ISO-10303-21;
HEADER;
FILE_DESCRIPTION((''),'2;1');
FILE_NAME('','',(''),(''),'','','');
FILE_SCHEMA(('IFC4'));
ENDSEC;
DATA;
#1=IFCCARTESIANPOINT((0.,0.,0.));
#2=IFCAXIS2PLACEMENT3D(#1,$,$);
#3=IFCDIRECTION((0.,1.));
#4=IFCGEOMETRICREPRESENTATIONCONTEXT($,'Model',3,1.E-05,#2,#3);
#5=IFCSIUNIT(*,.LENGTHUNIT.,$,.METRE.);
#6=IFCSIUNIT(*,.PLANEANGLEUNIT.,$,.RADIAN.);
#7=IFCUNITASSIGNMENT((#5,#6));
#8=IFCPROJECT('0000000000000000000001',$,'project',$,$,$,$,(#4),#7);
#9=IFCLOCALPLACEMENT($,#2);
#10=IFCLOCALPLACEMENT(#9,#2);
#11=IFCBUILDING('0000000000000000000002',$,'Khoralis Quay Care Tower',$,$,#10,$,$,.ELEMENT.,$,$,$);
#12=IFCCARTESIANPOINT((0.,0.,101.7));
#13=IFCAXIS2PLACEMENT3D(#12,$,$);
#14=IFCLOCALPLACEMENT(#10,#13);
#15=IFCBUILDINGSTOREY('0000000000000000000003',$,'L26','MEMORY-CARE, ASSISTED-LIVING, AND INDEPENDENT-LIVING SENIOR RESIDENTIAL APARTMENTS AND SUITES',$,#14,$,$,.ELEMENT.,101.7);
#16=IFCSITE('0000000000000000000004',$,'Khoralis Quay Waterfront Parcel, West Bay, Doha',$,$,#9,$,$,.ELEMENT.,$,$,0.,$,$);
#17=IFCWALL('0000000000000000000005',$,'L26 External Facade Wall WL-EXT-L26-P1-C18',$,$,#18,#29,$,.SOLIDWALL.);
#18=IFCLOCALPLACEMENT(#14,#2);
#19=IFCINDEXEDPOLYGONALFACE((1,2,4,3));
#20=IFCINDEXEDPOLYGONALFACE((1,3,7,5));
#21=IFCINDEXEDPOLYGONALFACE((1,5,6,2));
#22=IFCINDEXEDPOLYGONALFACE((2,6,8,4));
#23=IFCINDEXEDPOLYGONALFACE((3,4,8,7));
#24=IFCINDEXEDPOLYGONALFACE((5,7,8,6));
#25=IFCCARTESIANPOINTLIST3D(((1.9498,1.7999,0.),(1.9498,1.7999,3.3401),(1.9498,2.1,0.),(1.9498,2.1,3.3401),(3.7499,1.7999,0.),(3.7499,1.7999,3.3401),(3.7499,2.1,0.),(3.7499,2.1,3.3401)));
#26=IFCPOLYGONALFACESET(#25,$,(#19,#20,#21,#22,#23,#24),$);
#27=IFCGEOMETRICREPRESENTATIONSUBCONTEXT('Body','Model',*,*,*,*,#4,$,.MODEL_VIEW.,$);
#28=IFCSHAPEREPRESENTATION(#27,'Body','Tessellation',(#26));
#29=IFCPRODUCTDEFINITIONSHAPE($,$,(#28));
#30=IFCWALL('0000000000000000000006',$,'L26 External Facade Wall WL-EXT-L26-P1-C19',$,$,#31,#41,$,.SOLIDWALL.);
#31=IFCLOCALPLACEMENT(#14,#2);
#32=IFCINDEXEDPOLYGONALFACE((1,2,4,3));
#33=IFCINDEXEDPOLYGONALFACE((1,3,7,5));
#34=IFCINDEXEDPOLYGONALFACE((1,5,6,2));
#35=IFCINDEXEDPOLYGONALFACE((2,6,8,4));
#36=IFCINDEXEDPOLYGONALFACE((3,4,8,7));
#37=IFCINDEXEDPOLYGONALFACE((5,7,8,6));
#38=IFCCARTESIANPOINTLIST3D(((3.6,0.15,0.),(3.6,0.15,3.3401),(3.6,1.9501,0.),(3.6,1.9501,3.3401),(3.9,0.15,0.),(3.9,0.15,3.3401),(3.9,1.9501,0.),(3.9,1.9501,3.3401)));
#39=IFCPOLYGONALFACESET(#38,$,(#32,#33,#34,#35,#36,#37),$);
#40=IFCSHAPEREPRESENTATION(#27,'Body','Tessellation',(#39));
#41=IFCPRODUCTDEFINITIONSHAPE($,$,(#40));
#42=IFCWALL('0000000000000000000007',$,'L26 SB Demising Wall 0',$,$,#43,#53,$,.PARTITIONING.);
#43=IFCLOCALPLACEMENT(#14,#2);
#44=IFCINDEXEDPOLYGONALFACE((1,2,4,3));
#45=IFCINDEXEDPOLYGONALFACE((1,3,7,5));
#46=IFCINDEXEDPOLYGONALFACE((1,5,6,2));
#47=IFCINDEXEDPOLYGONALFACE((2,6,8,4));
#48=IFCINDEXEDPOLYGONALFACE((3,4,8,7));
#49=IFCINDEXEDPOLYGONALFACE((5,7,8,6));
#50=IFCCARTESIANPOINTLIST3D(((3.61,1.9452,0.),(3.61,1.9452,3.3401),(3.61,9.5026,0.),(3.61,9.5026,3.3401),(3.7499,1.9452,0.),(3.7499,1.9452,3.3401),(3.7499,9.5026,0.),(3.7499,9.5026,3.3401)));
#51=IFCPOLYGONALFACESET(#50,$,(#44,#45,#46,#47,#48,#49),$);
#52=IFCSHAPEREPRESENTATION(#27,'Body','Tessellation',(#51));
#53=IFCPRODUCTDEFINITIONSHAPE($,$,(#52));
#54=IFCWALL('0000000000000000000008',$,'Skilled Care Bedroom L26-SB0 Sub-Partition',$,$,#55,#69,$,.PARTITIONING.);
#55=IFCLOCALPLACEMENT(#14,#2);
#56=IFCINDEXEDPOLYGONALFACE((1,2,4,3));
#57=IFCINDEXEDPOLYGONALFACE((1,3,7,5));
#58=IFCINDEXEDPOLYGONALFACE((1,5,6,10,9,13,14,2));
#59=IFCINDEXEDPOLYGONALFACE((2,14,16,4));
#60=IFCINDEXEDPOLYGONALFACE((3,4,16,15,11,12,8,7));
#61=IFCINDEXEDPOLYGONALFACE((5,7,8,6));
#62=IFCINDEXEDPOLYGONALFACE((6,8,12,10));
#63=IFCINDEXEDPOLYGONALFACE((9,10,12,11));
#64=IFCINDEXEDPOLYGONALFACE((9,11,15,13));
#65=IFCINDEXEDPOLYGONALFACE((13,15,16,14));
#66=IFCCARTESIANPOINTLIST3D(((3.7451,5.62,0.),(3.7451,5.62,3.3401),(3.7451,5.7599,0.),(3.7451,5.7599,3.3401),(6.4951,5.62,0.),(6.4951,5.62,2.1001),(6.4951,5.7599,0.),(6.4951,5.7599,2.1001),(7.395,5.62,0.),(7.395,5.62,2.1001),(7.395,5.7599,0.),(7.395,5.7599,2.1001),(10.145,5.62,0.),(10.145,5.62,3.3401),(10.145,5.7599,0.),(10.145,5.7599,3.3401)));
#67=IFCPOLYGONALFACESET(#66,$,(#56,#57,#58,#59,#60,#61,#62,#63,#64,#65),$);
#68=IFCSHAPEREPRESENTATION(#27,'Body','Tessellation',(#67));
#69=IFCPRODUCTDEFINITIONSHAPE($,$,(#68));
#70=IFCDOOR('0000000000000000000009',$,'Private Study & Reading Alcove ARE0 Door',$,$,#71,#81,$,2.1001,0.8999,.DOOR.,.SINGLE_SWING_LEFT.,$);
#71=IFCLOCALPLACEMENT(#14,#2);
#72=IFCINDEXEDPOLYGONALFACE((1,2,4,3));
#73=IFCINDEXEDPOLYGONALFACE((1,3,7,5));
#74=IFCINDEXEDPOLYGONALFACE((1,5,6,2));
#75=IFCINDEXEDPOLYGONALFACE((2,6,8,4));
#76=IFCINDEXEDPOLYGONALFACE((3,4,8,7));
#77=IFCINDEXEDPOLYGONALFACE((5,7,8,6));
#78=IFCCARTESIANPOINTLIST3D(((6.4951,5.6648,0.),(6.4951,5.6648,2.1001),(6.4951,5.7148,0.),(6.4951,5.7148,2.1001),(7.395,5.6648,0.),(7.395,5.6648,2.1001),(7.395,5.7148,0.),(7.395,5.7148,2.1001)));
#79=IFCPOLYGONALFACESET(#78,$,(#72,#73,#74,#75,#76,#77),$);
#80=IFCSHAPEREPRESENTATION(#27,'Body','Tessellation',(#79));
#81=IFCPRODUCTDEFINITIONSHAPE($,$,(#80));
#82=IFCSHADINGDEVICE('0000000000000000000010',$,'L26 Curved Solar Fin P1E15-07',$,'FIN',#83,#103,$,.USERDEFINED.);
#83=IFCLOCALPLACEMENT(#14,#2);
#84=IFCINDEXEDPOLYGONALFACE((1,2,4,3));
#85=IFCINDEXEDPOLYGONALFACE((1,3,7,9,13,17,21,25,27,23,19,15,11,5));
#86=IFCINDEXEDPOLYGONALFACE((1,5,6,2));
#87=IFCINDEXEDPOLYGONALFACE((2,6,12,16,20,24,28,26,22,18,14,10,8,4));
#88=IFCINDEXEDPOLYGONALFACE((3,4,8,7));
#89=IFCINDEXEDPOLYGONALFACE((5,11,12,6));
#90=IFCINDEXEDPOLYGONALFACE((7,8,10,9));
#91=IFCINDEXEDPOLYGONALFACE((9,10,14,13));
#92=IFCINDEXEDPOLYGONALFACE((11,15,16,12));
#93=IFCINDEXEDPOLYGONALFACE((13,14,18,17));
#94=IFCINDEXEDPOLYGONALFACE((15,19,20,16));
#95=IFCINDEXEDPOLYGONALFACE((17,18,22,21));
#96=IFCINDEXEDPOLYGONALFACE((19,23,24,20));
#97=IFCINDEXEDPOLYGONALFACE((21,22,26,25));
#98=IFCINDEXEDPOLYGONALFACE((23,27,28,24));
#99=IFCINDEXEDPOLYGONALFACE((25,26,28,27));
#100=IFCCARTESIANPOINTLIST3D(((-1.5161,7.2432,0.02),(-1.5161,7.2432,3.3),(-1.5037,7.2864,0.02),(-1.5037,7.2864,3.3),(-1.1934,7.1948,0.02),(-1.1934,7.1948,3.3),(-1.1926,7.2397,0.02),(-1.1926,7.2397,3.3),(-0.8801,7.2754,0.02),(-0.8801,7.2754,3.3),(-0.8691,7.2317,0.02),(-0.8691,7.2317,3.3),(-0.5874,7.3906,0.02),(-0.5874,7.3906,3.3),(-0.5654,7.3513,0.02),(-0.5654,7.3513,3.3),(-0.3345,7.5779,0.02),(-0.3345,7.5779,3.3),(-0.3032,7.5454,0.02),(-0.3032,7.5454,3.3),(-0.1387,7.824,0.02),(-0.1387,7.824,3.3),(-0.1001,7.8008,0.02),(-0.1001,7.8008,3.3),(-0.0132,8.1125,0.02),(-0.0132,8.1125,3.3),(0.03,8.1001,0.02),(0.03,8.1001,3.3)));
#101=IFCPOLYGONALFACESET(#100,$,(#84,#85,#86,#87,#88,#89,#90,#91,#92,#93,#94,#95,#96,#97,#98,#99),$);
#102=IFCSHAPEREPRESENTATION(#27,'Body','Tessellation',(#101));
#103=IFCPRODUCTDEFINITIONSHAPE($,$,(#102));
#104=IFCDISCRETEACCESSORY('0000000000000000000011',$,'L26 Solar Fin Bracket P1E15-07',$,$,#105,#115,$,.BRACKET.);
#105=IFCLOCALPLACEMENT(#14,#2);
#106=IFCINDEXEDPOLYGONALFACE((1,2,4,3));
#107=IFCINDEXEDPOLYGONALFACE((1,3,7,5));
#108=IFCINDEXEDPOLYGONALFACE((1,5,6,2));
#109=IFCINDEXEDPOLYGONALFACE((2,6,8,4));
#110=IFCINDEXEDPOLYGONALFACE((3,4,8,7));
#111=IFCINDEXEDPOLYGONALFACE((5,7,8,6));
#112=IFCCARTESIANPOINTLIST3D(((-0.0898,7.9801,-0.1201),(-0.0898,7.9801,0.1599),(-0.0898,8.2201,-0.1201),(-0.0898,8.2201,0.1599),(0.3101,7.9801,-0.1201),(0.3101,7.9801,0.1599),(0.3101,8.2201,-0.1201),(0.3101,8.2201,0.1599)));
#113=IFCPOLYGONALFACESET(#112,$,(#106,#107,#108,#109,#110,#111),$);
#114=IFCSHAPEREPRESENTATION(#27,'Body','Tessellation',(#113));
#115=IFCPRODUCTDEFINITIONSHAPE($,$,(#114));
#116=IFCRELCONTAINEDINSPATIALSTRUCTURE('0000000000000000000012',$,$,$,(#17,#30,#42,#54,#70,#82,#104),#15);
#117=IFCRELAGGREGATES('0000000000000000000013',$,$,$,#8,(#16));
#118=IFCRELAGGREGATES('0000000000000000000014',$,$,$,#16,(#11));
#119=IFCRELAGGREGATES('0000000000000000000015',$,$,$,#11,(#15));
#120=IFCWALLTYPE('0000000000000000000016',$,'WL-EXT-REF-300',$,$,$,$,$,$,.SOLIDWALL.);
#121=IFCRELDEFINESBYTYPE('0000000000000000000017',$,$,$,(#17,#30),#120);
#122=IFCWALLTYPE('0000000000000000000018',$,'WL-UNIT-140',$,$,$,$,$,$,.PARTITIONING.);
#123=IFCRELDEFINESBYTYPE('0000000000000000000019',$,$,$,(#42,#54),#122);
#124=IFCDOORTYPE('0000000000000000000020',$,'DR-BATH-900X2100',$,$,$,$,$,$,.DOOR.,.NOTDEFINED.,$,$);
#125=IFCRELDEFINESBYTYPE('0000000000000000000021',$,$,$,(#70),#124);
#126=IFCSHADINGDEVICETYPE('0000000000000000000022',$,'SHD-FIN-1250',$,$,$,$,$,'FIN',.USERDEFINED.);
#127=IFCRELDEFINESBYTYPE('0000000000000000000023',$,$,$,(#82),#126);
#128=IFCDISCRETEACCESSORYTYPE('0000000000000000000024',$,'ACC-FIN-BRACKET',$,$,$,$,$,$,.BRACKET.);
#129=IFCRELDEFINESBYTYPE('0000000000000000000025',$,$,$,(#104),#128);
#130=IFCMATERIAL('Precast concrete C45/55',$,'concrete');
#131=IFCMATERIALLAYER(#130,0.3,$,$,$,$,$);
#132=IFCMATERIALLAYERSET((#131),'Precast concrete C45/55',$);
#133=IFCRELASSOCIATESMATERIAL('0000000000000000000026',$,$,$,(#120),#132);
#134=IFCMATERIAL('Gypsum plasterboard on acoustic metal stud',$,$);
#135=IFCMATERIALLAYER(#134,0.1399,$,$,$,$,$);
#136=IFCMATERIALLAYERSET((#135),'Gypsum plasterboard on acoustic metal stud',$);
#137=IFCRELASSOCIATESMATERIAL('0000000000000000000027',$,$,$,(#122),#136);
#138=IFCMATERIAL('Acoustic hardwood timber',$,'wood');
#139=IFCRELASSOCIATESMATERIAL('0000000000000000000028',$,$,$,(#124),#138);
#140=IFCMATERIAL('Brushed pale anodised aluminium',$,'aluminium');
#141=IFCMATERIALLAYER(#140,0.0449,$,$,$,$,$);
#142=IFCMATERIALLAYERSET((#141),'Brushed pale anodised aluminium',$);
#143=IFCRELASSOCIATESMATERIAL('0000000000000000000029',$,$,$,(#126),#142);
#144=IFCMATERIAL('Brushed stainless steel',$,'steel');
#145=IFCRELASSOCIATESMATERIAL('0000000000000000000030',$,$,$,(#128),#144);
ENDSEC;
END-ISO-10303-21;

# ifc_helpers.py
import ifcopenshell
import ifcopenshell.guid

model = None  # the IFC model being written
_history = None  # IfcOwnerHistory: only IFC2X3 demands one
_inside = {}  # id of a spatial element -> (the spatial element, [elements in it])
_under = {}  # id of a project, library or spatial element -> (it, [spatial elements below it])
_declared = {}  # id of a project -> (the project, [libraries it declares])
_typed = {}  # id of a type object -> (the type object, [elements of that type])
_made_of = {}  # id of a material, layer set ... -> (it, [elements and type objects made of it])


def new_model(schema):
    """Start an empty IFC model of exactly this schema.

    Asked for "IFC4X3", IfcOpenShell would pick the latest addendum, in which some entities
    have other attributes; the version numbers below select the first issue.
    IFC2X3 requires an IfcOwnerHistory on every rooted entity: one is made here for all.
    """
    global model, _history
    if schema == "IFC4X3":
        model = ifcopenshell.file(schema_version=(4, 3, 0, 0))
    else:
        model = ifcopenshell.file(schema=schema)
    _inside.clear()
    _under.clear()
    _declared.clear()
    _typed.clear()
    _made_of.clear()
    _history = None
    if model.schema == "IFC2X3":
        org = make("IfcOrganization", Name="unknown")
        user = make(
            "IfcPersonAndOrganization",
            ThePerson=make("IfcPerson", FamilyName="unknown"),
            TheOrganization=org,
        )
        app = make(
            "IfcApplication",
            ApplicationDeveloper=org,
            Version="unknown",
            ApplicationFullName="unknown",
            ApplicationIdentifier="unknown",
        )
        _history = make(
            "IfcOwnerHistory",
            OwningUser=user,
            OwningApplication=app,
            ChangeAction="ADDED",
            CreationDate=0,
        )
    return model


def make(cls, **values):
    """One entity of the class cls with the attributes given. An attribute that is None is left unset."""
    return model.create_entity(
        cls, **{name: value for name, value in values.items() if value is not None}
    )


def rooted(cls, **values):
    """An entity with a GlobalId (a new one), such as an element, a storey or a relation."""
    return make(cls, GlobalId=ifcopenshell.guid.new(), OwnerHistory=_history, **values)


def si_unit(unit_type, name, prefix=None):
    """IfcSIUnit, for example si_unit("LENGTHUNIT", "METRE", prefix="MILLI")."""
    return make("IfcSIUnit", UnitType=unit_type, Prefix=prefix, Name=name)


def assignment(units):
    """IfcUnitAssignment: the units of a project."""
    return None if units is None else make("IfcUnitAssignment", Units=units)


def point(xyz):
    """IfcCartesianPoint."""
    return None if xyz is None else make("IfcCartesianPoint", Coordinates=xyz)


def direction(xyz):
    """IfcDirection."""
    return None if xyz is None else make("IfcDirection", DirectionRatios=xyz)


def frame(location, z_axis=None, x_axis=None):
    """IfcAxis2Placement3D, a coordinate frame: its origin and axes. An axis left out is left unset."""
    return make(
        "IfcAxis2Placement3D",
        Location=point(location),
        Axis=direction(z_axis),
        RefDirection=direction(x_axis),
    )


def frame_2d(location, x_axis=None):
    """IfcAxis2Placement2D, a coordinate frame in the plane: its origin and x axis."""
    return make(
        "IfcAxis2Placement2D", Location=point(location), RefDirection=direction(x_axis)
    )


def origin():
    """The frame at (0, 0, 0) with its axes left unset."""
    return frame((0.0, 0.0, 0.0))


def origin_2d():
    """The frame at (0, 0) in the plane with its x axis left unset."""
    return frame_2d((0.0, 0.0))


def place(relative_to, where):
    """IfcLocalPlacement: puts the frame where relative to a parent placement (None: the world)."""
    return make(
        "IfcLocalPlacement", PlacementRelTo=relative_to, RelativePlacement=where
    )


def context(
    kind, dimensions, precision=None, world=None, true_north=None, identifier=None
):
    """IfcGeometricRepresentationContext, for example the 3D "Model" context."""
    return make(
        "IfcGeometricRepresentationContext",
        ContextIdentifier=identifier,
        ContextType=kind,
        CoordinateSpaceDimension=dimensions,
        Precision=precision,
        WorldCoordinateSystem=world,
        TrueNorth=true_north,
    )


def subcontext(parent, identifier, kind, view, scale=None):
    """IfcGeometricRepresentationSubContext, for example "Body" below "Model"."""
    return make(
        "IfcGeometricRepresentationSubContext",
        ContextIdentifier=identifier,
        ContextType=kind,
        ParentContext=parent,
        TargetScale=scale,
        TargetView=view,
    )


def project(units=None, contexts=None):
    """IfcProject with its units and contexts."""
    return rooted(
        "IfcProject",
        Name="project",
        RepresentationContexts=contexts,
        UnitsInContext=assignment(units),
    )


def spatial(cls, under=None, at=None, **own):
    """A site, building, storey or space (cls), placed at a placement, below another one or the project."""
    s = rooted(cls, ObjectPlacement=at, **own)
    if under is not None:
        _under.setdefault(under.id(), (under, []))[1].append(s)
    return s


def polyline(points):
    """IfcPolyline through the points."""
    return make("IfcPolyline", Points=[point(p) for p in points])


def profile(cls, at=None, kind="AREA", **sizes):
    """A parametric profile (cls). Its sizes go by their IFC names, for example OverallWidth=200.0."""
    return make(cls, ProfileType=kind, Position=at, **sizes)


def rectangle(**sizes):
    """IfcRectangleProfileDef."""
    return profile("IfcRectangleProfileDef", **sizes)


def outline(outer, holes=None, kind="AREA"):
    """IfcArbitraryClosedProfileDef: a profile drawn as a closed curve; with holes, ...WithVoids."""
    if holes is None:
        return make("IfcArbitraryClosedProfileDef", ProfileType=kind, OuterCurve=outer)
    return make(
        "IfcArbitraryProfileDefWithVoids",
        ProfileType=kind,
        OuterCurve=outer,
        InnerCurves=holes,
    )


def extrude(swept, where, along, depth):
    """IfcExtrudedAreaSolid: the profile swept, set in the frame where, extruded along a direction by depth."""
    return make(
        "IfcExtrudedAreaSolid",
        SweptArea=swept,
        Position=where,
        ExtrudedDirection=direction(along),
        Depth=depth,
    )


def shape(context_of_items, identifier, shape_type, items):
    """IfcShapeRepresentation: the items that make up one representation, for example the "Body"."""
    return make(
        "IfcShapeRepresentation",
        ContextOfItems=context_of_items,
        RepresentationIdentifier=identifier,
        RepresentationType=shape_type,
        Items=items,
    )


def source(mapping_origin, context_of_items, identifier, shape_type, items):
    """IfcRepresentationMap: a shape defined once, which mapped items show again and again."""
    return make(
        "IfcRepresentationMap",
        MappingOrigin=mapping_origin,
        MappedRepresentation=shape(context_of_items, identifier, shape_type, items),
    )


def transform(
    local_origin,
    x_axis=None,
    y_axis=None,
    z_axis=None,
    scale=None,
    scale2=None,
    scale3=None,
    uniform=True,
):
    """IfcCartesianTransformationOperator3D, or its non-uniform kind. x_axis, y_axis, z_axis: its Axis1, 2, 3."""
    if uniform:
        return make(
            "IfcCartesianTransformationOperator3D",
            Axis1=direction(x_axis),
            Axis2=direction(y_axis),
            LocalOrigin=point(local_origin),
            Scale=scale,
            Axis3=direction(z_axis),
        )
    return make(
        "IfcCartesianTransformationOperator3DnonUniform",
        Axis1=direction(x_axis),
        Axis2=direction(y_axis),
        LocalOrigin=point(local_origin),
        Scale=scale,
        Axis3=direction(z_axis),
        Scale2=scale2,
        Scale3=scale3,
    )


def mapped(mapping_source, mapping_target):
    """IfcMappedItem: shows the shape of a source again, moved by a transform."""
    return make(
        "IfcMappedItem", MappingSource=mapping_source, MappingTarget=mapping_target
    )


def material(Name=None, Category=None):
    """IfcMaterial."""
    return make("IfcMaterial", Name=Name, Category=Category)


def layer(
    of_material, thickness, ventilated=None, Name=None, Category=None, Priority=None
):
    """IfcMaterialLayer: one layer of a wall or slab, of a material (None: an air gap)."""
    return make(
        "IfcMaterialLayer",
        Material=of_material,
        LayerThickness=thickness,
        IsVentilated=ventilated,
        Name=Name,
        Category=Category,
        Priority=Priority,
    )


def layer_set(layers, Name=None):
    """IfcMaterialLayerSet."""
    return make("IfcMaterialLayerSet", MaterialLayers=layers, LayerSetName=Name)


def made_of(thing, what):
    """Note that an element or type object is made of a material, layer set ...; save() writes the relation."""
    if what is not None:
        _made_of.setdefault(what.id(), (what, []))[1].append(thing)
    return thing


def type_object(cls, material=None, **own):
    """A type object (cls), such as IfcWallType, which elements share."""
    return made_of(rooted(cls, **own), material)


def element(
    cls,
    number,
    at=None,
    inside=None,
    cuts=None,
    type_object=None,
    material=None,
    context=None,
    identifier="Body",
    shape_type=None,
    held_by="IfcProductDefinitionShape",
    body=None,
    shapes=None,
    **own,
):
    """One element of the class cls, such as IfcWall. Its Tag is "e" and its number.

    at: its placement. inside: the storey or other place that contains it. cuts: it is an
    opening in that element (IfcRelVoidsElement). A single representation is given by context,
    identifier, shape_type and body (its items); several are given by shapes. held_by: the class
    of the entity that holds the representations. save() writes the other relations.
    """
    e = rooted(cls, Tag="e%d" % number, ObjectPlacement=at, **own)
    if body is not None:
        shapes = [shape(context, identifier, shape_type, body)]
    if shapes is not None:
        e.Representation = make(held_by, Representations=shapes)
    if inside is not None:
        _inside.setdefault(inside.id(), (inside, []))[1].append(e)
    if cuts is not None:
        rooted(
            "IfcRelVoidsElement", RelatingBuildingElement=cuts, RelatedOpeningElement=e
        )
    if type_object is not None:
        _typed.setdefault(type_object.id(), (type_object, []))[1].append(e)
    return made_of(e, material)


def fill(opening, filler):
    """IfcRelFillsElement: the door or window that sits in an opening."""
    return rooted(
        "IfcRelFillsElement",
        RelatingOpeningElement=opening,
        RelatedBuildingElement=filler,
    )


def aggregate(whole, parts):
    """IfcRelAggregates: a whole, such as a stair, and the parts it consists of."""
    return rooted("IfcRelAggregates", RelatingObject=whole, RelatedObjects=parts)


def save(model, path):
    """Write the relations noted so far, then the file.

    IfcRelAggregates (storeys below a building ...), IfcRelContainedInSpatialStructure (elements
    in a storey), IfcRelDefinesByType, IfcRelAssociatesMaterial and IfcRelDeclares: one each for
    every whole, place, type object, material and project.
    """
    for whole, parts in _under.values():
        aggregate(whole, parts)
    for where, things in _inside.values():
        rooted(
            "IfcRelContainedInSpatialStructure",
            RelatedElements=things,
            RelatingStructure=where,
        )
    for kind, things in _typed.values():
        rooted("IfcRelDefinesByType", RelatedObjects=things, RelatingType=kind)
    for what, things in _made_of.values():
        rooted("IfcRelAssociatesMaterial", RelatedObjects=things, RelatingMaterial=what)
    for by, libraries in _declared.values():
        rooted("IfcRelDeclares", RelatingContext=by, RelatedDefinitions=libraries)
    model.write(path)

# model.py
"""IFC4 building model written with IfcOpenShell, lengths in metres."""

from ifc_helpers import new_model, si_unit, direction, frame, frame_2d, origin, origin_2d, place, context, subcontext, project, spatial, polyline, rectangle, outline, extrude, source, transform, mapped, material, layer, layer_set, type_object, element, fill, save


model = new_model("IFC4")

# Units and contexts
model_context = context("Model", 3, precision=1e-05, world=origin(), true_north=direction((0.0, 1.0)))
body_context = subcontext(model_context, "Body", "Model", "MODEL_VIEW")
ifc_project = project(units=[si_unit("LENGTHUNIT", "METRE"), si_unit("PLANEANGLEUNIT", "RADIAN")], contexts=[model_context])

# Site, building, storey
site_placement = place(None, origin())
site = spatial("IfcSite", under=ifc_project, at=site_placement, Name="Khoralis Quay Waterfront Parcel, West Bay, Doha", CompositionType="ELEMENT", RefElevation=0.0)
building_placement = place(site_placement, origin())
building = spatial("IfcBuilding", under=site, at=building_placement, Name="Khoralis Quay Care Tower", CompositionType="ELEMENT")
storey_placement = place(building_placement, frame((0.0, 0.0, 101.7)))
storey = spatial("IfcBuildingStorey", under=building, at=storey_placement, Name="L26", Description="MEMORY-CARE, ASSISTED-LIVING, AND INDEPENDENT-LIVING SENIOR RESIDENTIAL APARTMENTS AND SUITES", CompositionType="ELEMENT", Elevation=101.7)

# Walls
ifc_material_1 = material(Name="Precast concrete C45/55", Category="concrete")
ifc_layer_1 = layer(ifc_material_1, 0.3)
ifc_layer_set_1 = layer_set([ifc_layer_1], Name="Precast concrete C45/55")
wall_type_1 = type_object("IfcWallType", Name="WL-EXT-REF-300", PredefinedType="SOLIDWALL", material=ifc_layer_set_1)
for number, where, z_axis, x_axis, name in (
    (1, (1.95, 1.95, 0.0), (0.0, 0.0, 1.0), (1.0, 0.0, 0.0), "L26 External Facade Wall WL-EXT-L26-P1-C18"),
    (2, (3.75, 1.95, 0.0), (0.0, 0.0, 1.0), (0.0, -1.0, 0.0), "L26 External Facade Wall WL-EXT-L26-P1-C19"),
):
    element("IfcWall", number, at=place(storey_placement, frame(where, z_axis=z_axis, x_axis=x_axis)), inside=storey, type_object=wall_type_1, Name=name, PredefinedType="SOLIDWALL", context=body_context, shape_type="SweptSolid", body=[
        extrude(rectangle(XDim=1.8, YDim=0.3, at=frame_2d((0.8999, 0.0))), origin(), (0.0, 0.0, 1.0), 3.3401),
    ])
ifc_material_2 = material(Name="Gypsum plasterboard on acoustic metal stud")
ifc_layer_2 = layer(ifc_material_2, 0.1399)
ifc_layer_set_2 = layer_set([ifc_layer_2], Name="Gypsum plasterboard on acoustic metal stud")
wall_type_2 = type_object("IfcWallType", Name="WL-UNIT-140", PredefinedType="PARTITIONING", material=ifc_layer_set_2)
wall_1_placement = place(storey_placement, frame((3.6799, 1.9451, 0.0), z_axis=(0.0, 0.0, 1.0), x_axis=(0.0, 1.0, 0.0)))
element("IfcWall", 3, at=wall_1_placement, inside=storey, type_object=wall_type_2, Name="L26 SB Demising Wall 0", PredefinedType="PARTITIONING", context=body_context, shape_type="SweptSolid", body=[
    extrude(rectangle(XDim=7.5574, YDim=0.1399, at=frame_2d((3.7788, 0.0))), origin(), (0.0, 0.0, 1.0), 3.3401),
])

# Wall, opening, door
wall_2_placement = place(storey_placement, frame((3.7451, 5.6899, 0.0), z_axis=(0.0, 0.0, 1.0), x_axis=(1.0, 0.0, 0.0)))
wall_2 = element("IfcWall", 4, at=wall_2_placement, inside=storey, type_object=wall_type_2, Name="Skilled Care Bedroom L26-SB0 Sub-Partition", PredefinedType="PARTITIONING", context=body_context, shape_type="SweptSolid", body=[
    extrude(rectangle(XDim=6.3999, YDim=0.1399, at=frame_2d((3.2, 0.0))), origin(), (0.0, 0.0, 1.0), 3.3401),
])
opening_placement = place(wall_2_placement, frame((2.75, 0.0, 0.0)))
opening = element("IfcOpeningElement", 5, at=opening_placement, cuts=wall_2, PredefinedType="OPENING", context=body_context, shape_type="SweptSolid", body=[
    extrude(rectangle(XDim=0.8999, YDim=2.1001, at=frame_2d((0.45, 1.05))), frame((0.0, 0.0801, 0.0), z_axis=(0.0, -1.0, 0.0), x_axis=(1.0, 0.0, 0.0)), (0.0, 0.0, 1.0), 0.1599),
])
ifc_material_3 = material(Name="Acoustic hardwood timber", Category="wood")
door_type = type_object("IfcDoorType", Name="DR-BATH-900X2100", OperationType="NOTDEFINED", PredefinedType="DOOR", material=ifc_material_3)
shared_shape_1 = source(origin(), body_context, "Body", "SweptSolid", [
    extrude(rectangle(XDim=0.8999, YDim=2.1001, at=frame_2d((0.45, 1.05))), frame((0.0, 0.0249, 0.0), z_axis=(0.0, -1.0, 0.0), x_axis=(1.0, 0.0, 0.0)), (0.0, 0.0, 1.0), 0.05),
])
door_placement = place(opening_placement, origin())
door = element("IfcDoor", 6, at=door_placement, inside=storey, type_object=door_type, Name="Private Study & Reading Alcove ARE0 Door", OperationType="SINGLE_SWING_LEFT", OverallHeight=2.1001, OverallWidth=0.8999, PredefinedType="DOOR", context=body_context, shape_type="MappedRepresentation", body=[
    mapped(shared_shape_1, transform((0.0, 0.0, 0.0), scale=1.0)),
])
fill(opening, door)

# Shading device
ifc_material_4 = material(Name="Brushed pale anodised aluminium", Category="aluminium")
ifc_layer_3 = layer(ifc_material_4, 0.0449)
ifc_layer_set_3 = layer_set([ifc_layer_3], Name="Brushed pale anodised aluminium")
shading_device_type = type_object("IfcShadingDeviceType", Name="SHD-FIN-1250", ElementType="FIN", PredefinedType="USERDEFINED", material=ifc_layer_set_3)
shared_shape_2 = source(origin(), body_context, "Body", "SweptSolid", [
    extrude(outline(polyline([(0.0, 0.0), (0.1301, 0.2993), (0.3333, 0.5547), (0.5955, 0.7488), (0.8992, 0.8684), (1.2234, 0.9053), (1.5461, 0.8569), (1.5337, 0.8137), (1.2227, 0.8604), (0.9102, 0.8247), (0.6174, 0.7095), (0.3645, 0.5222), (0.1687, 0.2761), (0.0432, -0.0125), (0.0, 0.0)])), origin(), (0.0, 0.0, 1.0), 3.28),
])
shading_device_placement = place(storey_placement, frame((0.03, 8.1001, 0.02), z_axis=(0.0, 0.0, 1.0), x_axis=(-1.0, 0.0, 0.0)))
element("IfcShadingDevice", 7, at=shading_device_placement, inside=storey, type_object=shading_device_type, Name="L26 Curved Solar Fin P1E15-07", ObjectType="FIN", PredefinedType="USERDEFINED", context=body_context, shape_type="MappedRepresentation", body=[
    mapped(shared_shape_2, transform((0.0, 0.0, 0.0), scale=1.0)),
])

# Discrete accessory
ifc_material_5 = material(Name="Brushed stainless steel", Category="steel")
discrete_accessory_type = type_object("IfcDiscreteAccessoryType", Name="ACC-FIN-BRACKET", PredefinedType="BRACKET", material=ifc_material_5)
shared_shape_3 = source(origin(), body_context, "Body", "SweptSolid", [
    extrude(rectangle(XDim=0.3999, YDim=0.24, at=origin_2d()), origin(), (0.0, 0.0, 1.0), 0.28),
])
discrete_accessory_placement = place(storey_placement, frame((0.1101, 8.1001, -0.1201), z_axis=(0.0, 0.0, 1.0), x_axis=(-1.0, 0.0, 0.0)))
element("IfcDiscreteAccessory", 8, at=discrete_accessory_placement, inside=storey, type_object=discrete_accessory_type, Name="L26 Solar Fin Bracket P1E15-07", PredefinedType="BRACKET", context=body_context, shape_type="MappedRepresentation", body=[
    mapped(shared_shape_3, transform((0.0, 0.0, 0.0), scale=1.0)),
])

save(model, "model.ifc")
